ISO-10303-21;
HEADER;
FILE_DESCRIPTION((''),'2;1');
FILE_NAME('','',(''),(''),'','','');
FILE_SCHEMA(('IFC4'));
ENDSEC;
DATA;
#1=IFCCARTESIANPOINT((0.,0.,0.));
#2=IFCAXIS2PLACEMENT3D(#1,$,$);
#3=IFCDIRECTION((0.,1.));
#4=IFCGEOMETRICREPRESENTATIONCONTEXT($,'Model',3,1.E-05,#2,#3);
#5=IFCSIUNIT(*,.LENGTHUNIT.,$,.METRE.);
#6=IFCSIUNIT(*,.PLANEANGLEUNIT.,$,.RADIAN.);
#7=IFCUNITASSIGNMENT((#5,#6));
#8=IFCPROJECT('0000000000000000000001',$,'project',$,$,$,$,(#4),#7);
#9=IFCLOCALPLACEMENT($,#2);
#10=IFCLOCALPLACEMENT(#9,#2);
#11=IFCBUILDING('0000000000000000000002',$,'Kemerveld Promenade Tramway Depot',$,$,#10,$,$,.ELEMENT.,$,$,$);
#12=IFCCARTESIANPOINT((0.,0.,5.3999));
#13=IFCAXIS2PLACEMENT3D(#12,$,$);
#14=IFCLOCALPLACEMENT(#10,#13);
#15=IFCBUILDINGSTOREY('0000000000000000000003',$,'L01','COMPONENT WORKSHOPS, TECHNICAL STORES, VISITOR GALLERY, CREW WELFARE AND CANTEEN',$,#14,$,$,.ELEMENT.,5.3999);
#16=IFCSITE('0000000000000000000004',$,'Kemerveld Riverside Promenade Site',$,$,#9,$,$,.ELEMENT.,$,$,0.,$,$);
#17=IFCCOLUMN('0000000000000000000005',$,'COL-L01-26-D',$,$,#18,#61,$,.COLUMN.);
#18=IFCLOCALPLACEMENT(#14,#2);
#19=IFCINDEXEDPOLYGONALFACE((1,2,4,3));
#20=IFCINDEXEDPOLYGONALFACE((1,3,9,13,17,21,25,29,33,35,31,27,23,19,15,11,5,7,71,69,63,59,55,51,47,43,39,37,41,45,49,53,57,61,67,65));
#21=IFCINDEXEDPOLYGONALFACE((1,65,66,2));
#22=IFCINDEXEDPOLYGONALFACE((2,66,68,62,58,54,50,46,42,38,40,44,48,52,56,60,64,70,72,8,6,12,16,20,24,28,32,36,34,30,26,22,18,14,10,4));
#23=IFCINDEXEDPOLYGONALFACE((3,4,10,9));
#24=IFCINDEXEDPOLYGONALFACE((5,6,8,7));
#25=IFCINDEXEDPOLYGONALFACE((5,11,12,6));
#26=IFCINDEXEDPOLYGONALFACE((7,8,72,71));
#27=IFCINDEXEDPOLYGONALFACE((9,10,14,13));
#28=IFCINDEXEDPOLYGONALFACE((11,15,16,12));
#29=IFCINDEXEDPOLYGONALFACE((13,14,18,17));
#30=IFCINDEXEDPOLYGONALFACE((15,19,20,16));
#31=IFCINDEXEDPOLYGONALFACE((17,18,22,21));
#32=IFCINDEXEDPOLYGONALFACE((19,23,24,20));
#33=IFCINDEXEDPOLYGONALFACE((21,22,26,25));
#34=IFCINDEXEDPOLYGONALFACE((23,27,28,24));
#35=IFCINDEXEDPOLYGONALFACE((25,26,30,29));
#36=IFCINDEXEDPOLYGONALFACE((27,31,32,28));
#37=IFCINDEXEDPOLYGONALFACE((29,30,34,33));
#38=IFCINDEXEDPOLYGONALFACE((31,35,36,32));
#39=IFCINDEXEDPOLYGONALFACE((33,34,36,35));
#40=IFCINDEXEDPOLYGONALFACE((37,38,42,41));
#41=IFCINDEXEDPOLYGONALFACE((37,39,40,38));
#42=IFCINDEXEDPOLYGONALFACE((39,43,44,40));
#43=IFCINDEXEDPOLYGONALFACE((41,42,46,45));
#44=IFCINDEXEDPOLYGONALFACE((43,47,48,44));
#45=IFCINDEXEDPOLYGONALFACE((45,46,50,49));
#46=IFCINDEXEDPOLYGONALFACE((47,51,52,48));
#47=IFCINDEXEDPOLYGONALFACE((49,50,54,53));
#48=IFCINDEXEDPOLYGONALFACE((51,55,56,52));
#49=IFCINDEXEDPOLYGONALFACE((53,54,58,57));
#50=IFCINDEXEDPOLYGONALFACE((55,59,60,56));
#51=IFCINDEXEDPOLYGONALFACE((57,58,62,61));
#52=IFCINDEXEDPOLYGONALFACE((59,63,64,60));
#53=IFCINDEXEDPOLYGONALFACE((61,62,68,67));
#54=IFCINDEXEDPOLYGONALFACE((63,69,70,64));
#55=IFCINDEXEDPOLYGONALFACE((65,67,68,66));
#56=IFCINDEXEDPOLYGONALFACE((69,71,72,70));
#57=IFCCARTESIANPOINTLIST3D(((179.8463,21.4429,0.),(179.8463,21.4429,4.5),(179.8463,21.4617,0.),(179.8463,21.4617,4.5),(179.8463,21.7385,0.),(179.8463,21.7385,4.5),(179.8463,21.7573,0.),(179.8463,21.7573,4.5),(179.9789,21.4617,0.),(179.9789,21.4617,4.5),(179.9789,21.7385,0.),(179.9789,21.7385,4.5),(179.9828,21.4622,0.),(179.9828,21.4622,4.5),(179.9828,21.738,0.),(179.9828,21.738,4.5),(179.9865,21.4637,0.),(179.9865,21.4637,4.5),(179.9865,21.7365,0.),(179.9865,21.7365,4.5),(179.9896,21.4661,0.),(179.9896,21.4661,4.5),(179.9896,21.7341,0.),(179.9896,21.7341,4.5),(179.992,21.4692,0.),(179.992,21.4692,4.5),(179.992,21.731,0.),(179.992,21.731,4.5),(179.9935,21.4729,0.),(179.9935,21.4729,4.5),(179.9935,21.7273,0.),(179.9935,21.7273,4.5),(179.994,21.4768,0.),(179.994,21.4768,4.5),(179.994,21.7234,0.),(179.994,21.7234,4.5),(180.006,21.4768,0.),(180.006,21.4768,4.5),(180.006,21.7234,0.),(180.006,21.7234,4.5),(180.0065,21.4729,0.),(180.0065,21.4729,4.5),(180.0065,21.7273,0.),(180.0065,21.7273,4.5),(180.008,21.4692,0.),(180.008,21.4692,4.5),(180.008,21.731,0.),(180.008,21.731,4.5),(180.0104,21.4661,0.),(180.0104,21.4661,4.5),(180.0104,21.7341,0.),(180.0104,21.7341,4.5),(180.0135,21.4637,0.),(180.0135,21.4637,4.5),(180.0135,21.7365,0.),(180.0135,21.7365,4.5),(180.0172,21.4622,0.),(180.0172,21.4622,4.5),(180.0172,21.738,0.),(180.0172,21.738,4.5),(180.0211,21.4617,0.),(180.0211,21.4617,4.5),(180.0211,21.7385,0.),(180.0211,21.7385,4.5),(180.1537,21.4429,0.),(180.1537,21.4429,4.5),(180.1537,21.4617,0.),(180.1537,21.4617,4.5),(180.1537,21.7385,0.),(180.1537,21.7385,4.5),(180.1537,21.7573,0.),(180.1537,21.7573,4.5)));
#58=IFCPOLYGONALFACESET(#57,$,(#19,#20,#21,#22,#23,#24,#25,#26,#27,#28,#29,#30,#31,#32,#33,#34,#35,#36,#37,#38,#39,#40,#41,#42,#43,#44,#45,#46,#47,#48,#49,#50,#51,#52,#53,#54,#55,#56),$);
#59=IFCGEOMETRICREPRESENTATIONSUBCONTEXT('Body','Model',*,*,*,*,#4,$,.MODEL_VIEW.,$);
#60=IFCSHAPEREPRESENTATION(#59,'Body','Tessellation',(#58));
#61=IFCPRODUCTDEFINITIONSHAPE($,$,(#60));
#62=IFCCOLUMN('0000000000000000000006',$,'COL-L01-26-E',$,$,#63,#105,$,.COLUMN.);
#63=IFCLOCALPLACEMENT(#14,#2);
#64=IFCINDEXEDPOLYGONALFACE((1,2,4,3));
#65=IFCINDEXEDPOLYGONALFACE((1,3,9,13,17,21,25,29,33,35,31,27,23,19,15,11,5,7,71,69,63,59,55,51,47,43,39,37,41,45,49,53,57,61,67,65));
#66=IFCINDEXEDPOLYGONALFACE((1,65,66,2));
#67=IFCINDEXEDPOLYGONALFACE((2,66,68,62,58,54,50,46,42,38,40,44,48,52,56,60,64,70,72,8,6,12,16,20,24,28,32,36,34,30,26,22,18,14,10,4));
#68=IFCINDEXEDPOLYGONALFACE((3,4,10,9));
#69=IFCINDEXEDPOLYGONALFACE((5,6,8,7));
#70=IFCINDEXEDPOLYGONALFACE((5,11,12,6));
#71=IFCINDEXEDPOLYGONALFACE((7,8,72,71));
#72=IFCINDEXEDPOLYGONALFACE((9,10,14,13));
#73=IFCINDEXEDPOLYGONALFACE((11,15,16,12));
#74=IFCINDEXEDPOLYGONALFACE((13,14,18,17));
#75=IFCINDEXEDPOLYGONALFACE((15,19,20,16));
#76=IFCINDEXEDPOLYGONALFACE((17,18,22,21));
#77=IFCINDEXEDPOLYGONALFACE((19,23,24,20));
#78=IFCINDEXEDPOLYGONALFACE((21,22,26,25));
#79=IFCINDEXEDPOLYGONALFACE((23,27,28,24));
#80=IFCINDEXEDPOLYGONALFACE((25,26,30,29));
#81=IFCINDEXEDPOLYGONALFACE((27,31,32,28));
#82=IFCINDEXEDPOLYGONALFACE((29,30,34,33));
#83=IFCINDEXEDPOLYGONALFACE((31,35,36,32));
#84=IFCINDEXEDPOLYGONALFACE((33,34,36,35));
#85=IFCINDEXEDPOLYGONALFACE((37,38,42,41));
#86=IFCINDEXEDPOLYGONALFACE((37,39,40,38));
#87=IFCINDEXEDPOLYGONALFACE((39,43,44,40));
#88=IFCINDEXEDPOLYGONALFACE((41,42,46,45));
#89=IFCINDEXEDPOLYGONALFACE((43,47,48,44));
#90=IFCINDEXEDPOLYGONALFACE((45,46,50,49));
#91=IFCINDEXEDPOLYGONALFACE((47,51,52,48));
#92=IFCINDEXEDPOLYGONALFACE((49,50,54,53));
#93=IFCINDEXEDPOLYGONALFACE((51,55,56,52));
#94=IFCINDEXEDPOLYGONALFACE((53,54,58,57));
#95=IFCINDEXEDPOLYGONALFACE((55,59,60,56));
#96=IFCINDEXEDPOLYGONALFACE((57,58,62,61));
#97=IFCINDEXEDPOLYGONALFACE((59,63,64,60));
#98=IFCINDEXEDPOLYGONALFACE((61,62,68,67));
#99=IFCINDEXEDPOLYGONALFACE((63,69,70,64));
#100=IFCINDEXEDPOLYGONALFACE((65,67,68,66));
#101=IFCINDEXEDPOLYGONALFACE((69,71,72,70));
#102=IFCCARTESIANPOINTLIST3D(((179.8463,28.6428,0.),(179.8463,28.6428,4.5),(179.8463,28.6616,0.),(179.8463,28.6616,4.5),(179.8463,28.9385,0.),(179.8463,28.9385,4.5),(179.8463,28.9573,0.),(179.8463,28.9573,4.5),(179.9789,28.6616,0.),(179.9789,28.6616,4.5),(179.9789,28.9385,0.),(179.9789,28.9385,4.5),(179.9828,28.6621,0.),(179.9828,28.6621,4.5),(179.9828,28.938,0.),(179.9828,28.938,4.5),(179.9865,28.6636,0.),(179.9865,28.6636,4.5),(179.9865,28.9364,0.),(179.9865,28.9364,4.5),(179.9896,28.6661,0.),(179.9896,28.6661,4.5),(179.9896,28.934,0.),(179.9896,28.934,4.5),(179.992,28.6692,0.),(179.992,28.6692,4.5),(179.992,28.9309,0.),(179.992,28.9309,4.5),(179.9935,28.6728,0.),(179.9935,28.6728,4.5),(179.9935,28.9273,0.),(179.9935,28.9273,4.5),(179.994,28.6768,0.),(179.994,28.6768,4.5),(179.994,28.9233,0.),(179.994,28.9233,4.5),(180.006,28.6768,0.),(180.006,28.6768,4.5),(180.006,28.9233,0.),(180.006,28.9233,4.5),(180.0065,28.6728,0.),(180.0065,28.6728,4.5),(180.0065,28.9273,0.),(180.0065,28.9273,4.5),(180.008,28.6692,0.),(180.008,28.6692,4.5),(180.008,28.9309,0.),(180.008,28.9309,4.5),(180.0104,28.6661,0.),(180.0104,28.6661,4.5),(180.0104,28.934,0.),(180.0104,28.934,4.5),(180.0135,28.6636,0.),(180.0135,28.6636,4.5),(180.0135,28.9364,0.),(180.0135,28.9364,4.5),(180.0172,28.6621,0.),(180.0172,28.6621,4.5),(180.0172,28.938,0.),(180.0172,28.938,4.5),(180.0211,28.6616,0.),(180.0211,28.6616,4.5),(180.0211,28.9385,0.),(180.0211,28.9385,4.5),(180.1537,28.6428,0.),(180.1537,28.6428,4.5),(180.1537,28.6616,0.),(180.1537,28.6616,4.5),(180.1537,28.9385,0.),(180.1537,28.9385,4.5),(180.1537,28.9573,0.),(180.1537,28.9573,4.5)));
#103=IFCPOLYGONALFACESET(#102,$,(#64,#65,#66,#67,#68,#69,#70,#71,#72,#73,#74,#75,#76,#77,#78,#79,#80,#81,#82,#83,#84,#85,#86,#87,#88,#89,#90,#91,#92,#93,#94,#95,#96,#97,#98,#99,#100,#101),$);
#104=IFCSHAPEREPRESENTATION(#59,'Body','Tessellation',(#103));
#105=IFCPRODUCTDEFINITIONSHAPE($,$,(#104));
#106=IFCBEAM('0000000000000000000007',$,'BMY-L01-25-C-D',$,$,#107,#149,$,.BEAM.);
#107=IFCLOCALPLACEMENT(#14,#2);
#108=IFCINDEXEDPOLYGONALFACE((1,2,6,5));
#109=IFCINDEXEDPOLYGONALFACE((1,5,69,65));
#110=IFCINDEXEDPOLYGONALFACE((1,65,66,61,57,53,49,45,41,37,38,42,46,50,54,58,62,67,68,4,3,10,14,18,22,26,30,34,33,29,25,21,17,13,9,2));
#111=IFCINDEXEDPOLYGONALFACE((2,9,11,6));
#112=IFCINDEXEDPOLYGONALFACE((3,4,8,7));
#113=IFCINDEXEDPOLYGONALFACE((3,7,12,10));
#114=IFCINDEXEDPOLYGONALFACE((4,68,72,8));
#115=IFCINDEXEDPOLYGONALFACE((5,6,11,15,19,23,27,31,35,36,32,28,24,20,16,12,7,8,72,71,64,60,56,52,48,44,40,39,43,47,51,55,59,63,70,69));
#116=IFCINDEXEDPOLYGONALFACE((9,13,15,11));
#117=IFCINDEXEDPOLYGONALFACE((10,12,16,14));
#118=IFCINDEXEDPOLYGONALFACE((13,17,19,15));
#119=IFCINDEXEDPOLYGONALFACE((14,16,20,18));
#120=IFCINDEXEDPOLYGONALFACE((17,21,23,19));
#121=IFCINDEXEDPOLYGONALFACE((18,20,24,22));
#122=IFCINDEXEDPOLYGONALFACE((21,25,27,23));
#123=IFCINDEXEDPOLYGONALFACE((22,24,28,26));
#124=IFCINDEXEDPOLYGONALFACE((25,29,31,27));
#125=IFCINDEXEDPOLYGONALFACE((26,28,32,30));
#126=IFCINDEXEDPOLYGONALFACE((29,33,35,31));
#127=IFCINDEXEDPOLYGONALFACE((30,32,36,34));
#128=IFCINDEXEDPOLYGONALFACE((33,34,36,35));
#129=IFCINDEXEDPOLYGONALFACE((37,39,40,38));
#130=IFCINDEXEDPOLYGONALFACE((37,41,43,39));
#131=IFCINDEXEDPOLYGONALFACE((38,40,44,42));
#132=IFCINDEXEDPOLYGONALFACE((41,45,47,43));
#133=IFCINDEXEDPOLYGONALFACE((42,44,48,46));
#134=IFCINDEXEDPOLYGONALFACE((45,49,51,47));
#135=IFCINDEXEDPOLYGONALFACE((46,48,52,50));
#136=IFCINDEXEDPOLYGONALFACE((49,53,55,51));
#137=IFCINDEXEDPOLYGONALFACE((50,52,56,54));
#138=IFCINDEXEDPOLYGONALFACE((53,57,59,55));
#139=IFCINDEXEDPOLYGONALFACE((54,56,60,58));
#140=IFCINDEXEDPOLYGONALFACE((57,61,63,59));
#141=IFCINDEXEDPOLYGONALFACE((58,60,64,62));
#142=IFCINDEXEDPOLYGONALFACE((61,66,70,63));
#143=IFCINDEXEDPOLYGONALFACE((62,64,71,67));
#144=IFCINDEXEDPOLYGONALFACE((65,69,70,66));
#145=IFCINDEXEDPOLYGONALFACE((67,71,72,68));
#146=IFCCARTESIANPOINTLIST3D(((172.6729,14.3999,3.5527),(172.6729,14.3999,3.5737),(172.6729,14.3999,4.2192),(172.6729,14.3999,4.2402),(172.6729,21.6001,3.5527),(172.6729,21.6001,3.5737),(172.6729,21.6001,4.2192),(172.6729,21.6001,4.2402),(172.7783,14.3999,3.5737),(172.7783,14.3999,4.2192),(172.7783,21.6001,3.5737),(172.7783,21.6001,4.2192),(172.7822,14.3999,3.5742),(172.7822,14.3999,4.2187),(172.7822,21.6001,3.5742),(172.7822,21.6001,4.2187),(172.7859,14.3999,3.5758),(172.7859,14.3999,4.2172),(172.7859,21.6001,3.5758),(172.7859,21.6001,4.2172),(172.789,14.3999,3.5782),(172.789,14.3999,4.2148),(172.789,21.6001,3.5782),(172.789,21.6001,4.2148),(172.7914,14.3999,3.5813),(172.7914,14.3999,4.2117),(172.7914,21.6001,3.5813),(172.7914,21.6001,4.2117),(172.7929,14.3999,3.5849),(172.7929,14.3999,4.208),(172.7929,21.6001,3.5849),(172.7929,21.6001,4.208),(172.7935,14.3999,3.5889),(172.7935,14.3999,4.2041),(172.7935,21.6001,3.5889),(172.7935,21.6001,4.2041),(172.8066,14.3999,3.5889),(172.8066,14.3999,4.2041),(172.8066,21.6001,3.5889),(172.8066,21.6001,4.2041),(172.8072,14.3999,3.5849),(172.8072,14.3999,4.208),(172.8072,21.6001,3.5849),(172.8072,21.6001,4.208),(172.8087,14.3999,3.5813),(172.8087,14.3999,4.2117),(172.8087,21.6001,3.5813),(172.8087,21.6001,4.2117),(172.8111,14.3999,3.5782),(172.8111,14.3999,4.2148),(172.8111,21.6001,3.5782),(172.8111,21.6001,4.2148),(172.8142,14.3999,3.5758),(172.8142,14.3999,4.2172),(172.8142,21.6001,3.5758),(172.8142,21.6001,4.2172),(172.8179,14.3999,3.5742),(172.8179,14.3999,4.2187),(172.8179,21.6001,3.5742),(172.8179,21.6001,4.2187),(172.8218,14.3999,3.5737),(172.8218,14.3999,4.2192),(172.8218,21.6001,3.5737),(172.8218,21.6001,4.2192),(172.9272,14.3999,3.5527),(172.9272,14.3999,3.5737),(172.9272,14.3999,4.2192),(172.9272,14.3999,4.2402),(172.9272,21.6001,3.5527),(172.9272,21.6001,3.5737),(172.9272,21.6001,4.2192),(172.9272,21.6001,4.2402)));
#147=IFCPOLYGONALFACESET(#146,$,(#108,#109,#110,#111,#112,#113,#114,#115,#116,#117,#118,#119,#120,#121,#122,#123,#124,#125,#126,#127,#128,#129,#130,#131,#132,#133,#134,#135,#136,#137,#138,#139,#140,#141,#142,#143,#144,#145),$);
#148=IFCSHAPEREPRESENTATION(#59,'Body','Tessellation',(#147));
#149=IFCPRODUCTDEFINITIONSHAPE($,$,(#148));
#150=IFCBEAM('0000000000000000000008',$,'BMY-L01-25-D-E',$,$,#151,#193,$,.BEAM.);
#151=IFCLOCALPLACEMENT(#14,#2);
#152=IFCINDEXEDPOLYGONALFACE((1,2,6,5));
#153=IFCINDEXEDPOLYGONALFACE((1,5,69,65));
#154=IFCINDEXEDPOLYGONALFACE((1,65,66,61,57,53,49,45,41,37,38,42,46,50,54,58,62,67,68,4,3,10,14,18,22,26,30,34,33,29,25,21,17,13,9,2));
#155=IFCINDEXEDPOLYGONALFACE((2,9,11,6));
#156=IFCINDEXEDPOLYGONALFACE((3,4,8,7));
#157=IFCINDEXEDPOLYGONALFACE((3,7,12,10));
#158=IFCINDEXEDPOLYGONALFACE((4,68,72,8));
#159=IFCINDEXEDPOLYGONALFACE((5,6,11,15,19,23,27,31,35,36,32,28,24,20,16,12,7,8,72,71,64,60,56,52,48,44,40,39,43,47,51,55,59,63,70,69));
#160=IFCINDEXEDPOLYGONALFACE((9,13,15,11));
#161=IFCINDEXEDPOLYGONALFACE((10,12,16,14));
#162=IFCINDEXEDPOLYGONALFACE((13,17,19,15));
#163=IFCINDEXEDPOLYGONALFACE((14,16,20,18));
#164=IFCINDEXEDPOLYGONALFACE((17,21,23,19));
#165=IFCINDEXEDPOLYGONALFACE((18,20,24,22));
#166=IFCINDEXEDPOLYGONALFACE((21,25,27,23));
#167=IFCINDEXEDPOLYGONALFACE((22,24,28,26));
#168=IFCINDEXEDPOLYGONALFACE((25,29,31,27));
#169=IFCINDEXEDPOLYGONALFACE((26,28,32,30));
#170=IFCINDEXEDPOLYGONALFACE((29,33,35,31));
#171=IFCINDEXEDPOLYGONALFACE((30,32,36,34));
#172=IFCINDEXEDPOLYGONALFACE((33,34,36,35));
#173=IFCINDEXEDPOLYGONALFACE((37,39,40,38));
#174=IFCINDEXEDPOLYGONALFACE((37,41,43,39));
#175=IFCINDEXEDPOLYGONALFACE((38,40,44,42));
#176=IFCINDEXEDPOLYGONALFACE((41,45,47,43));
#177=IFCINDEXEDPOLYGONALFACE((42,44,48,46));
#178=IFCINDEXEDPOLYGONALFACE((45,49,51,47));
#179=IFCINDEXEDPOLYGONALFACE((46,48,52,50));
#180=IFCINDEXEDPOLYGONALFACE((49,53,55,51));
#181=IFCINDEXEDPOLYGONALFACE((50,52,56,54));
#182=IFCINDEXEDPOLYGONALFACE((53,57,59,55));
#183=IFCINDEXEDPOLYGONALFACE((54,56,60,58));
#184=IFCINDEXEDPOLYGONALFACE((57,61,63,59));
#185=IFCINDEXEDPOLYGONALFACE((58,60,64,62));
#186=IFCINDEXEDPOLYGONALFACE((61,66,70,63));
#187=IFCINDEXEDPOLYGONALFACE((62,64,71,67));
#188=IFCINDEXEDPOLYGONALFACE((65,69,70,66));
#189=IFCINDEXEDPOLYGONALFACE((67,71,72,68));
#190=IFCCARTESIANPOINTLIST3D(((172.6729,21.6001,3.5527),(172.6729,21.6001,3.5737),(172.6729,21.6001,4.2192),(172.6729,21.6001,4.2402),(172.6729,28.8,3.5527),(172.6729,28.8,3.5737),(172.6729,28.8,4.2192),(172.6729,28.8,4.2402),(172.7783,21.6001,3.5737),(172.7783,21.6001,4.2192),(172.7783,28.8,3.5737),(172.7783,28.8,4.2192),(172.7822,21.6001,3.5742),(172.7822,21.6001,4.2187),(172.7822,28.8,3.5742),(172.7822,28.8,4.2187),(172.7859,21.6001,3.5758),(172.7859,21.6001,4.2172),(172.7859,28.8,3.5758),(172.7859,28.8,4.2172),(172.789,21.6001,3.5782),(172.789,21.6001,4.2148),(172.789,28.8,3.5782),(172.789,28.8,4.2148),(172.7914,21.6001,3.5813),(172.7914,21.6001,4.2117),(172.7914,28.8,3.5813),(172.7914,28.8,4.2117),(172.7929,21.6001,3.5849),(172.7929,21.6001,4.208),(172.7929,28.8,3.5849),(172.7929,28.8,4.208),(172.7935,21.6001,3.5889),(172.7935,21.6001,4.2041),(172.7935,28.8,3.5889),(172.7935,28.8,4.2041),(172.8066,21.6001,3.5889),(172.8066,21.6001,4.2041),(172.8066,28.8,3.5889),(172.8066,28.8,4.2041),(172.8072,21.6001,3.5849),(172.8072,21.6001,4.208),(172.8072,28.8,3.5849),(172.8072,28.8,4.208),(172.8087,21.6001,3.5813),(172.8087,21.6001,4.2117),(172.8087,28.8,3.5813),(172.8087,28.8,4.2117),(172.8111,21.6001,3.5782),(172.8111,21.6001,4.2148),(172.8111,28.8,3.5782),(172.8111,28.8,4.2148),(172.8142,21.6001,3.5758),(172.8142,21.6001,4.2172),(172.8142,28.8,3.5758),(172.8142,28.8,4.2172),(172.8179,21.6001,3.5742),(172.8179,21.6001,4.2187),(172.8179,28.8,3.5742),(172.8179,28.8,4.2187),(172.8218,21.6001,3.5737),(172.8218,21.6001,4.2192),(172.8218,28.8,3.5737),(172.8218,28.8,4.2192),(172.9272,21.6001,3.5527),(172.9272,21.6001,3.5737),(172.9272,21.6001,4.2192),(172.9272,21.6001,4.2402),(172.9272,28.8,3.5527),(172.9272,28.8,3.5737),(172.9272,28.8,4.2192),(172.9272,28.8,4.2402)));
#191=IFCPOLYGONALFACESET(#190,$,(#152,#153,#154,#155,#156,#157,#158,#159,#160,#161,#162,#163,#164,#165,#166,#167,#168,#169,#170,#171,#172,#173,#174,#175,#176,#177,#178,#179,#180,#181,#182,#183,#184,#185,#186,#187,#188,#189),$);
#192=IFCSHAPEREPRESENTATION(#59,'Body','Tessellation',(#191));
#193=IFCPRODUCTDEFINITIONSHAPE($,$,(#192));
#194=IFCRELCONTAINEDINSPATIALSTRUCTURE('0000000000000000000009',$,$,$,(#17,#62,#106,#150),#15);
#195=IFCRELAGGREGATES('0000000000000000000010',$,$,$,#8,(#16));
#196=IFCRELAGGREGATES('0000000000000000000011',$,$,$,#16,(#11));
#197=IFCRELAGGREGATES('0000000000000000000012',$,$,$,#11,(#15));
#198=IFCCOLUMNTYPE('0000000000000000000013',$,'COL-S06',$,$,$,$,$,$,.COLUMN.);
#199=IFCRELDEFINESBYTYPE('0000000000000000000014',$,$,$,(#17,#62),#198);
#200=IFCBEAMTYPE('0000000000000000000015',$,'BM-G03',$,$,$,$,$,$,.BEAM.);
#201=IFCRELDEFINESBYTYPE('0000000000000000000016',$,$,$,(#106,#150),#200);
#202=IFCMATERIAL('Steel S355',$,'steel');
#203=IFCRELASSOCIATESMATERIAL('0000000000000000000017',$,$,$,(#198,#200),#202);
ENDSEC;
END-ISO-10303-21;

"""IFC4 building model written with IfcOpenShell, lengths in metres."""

from ifc_helpers import new_model, si_unit, direction, frame, origin, origin_2d, place, context, subcontext, project, spatial, i_section, extrude, material, material_profile, profile_set, type_object, element, save


model = new_model("IFC4")

# Units and contexts
model_context = context("Model", 3, precision=1e-05, world=origin(), true_north=direction((0.0, 1.0)))
body_context = subcontext(model_context, "Body", "Model", "MODEL_VIEW")
ifc_project = project(units=[si_unit("LENGTHUNIT", "METRE"), si_unit("PLANEANGLEUNIT", "RADIAN")], contexts=[model_context])

# Site, building, storey
site_placement = place(None, origin())
site = spatial("IfcSite", under=ifc_project, at=site_placement, Name="Kemerveld Riverside Promenade Site", CompositionType="ELEMENT", RefElevation=0.0)
building_placement = place(site_placement, origin())
building = spatial("IfcBuilding", under=site, at=building_placement, Name="Kemerveld Promenade Tramway Depot", CompositionType="ELEMENT")
storey_placement = place(building_placement, frame((0.0, 0.0, 5.3999)))
storey = spatial("IfcBuildingStorey", under=building, at=storey_placement, Name="L01", Description="COMPONENT WORKSHOPS, TECHNICAL STORES, VISITOR GALLERY, CREW WELFARE AND CANTEEN", CompositionType="ELEMENT", Elevation=5.3999)

# Columns
ifc_material_1 = material(Name="Steel S355", Category="steel")
ifc_material_profile_1 = material_profile(ifc_material_1, i_section(OverallWidth=0.3074, OverallDepth=0.3145, WebThickness=0.012, FlangeThickness=0.0188, FilletRadius=0.0151, at=origin_2d()), Name="305x305x118 UC")
ifc_profile_set_1 = profile_set([ifc_material_profile_1], Name="Steel S355")
column_type = type_object("IfcColumnType", Name="COL-S06", PredefinedType="COLUMN", material=ifc_profile_set_1)
for number, where, z_axis, x_axis, name in (
    (1, (180.0, 21.6001, 0.0), (0.0, 0.0, 1.0), (1.0, 0.0, 0.0), "COL-L01-26-D"),
    (2, (180.0, 28.8, 0.0), (0.0, 0.0, 1.0), (1.0, 0.0, 0.0), "COL-L01-26-E"),
):
    element("IfcColumn", number, at=place(storey_placement, frame(where, z_axis=z_axis, x_axis=x_axis)), inside=storey, type_object=column_type, Name=name, PredefinedType="COLUMN", context=body_context, shape_type="SweptSolid", body=[
        extrude(i_section(OverallWidth=0.3074, OverallDepth=0.3145, WebThickness=0.012, FlangeThickness=0.0188, FilletRadius=0.0151, at=origin_2d()), origin(), (0.0, 0.0, 1.0), 4.5),
    ])

# Beams
ifc_material_profile_2 = material_profile(ifc_material_1, i_section(OverallWidth=0.2544, OverallDepth=0.6875, WebThickness=0.0132, FlangeThickness=0.021, FilletRadius=0.0151, at=origin_2d()), Name="686x254x152 UB")
ifc_profile_set_2 = profile_set([ifc_material_profile_2], Name="Steel S355")
beam_type_1 = type_object("IfcBeamType", Name="BM-G03", PredefinedType="BEAM", material=ifc_profile_set_2)
beam_1_placement = place(storey_placement, frame((172.8, 14.3999, 3.8965), z_axis=(0.0, 1.0, 0.0), x_axis=(-1.0, 0.0, 0.0)))
element("IfcBeam", 3, at=beam_1_placement, inside=storey, type_object=beam_type_1, Name="BMY-L01-25-C-D", PredefinedType="BEAM", context=body_context, shape_type="SweptSolid", body=[
    extrude(i_section(OverallWidth=0.2544, OverallDepth=0.6875, WebThickness=0.0132, FlangeThickness=0.021, FilletRadius=0.0151, at=origin_2d()), origin(), (0.0, 0.0, 1.0), 7.2002),
])
for number, where, z_axis, x_axis, name in (
    (4, (172.8, 21.6001, 3.8965), (0.0, 1.0, 0.0), (-1.0, 0.0, 0.0), "BMY-L01-25-D-E"),
):
    element("IfcBeam", number, at=place(storey_placement, frame(where, z_axis=z_axis, x_axis=x_axis)), inside=storey, type_object=beam_type_1, Name=name, PredefinedType="BEAM", context=body_context, shape_type="SweptSolid", body=[
        extrude(i_section(OverallWidth=0.2544, OverallDepth=0.6875, WebThickness=0.0132, FlangeThickness=0.021, FilletRadius=0.0151, at=origin_2d()), origin(), (0.0, 0.0, 1.0), 7.2),
    ])

save(model, "model.ifc")
